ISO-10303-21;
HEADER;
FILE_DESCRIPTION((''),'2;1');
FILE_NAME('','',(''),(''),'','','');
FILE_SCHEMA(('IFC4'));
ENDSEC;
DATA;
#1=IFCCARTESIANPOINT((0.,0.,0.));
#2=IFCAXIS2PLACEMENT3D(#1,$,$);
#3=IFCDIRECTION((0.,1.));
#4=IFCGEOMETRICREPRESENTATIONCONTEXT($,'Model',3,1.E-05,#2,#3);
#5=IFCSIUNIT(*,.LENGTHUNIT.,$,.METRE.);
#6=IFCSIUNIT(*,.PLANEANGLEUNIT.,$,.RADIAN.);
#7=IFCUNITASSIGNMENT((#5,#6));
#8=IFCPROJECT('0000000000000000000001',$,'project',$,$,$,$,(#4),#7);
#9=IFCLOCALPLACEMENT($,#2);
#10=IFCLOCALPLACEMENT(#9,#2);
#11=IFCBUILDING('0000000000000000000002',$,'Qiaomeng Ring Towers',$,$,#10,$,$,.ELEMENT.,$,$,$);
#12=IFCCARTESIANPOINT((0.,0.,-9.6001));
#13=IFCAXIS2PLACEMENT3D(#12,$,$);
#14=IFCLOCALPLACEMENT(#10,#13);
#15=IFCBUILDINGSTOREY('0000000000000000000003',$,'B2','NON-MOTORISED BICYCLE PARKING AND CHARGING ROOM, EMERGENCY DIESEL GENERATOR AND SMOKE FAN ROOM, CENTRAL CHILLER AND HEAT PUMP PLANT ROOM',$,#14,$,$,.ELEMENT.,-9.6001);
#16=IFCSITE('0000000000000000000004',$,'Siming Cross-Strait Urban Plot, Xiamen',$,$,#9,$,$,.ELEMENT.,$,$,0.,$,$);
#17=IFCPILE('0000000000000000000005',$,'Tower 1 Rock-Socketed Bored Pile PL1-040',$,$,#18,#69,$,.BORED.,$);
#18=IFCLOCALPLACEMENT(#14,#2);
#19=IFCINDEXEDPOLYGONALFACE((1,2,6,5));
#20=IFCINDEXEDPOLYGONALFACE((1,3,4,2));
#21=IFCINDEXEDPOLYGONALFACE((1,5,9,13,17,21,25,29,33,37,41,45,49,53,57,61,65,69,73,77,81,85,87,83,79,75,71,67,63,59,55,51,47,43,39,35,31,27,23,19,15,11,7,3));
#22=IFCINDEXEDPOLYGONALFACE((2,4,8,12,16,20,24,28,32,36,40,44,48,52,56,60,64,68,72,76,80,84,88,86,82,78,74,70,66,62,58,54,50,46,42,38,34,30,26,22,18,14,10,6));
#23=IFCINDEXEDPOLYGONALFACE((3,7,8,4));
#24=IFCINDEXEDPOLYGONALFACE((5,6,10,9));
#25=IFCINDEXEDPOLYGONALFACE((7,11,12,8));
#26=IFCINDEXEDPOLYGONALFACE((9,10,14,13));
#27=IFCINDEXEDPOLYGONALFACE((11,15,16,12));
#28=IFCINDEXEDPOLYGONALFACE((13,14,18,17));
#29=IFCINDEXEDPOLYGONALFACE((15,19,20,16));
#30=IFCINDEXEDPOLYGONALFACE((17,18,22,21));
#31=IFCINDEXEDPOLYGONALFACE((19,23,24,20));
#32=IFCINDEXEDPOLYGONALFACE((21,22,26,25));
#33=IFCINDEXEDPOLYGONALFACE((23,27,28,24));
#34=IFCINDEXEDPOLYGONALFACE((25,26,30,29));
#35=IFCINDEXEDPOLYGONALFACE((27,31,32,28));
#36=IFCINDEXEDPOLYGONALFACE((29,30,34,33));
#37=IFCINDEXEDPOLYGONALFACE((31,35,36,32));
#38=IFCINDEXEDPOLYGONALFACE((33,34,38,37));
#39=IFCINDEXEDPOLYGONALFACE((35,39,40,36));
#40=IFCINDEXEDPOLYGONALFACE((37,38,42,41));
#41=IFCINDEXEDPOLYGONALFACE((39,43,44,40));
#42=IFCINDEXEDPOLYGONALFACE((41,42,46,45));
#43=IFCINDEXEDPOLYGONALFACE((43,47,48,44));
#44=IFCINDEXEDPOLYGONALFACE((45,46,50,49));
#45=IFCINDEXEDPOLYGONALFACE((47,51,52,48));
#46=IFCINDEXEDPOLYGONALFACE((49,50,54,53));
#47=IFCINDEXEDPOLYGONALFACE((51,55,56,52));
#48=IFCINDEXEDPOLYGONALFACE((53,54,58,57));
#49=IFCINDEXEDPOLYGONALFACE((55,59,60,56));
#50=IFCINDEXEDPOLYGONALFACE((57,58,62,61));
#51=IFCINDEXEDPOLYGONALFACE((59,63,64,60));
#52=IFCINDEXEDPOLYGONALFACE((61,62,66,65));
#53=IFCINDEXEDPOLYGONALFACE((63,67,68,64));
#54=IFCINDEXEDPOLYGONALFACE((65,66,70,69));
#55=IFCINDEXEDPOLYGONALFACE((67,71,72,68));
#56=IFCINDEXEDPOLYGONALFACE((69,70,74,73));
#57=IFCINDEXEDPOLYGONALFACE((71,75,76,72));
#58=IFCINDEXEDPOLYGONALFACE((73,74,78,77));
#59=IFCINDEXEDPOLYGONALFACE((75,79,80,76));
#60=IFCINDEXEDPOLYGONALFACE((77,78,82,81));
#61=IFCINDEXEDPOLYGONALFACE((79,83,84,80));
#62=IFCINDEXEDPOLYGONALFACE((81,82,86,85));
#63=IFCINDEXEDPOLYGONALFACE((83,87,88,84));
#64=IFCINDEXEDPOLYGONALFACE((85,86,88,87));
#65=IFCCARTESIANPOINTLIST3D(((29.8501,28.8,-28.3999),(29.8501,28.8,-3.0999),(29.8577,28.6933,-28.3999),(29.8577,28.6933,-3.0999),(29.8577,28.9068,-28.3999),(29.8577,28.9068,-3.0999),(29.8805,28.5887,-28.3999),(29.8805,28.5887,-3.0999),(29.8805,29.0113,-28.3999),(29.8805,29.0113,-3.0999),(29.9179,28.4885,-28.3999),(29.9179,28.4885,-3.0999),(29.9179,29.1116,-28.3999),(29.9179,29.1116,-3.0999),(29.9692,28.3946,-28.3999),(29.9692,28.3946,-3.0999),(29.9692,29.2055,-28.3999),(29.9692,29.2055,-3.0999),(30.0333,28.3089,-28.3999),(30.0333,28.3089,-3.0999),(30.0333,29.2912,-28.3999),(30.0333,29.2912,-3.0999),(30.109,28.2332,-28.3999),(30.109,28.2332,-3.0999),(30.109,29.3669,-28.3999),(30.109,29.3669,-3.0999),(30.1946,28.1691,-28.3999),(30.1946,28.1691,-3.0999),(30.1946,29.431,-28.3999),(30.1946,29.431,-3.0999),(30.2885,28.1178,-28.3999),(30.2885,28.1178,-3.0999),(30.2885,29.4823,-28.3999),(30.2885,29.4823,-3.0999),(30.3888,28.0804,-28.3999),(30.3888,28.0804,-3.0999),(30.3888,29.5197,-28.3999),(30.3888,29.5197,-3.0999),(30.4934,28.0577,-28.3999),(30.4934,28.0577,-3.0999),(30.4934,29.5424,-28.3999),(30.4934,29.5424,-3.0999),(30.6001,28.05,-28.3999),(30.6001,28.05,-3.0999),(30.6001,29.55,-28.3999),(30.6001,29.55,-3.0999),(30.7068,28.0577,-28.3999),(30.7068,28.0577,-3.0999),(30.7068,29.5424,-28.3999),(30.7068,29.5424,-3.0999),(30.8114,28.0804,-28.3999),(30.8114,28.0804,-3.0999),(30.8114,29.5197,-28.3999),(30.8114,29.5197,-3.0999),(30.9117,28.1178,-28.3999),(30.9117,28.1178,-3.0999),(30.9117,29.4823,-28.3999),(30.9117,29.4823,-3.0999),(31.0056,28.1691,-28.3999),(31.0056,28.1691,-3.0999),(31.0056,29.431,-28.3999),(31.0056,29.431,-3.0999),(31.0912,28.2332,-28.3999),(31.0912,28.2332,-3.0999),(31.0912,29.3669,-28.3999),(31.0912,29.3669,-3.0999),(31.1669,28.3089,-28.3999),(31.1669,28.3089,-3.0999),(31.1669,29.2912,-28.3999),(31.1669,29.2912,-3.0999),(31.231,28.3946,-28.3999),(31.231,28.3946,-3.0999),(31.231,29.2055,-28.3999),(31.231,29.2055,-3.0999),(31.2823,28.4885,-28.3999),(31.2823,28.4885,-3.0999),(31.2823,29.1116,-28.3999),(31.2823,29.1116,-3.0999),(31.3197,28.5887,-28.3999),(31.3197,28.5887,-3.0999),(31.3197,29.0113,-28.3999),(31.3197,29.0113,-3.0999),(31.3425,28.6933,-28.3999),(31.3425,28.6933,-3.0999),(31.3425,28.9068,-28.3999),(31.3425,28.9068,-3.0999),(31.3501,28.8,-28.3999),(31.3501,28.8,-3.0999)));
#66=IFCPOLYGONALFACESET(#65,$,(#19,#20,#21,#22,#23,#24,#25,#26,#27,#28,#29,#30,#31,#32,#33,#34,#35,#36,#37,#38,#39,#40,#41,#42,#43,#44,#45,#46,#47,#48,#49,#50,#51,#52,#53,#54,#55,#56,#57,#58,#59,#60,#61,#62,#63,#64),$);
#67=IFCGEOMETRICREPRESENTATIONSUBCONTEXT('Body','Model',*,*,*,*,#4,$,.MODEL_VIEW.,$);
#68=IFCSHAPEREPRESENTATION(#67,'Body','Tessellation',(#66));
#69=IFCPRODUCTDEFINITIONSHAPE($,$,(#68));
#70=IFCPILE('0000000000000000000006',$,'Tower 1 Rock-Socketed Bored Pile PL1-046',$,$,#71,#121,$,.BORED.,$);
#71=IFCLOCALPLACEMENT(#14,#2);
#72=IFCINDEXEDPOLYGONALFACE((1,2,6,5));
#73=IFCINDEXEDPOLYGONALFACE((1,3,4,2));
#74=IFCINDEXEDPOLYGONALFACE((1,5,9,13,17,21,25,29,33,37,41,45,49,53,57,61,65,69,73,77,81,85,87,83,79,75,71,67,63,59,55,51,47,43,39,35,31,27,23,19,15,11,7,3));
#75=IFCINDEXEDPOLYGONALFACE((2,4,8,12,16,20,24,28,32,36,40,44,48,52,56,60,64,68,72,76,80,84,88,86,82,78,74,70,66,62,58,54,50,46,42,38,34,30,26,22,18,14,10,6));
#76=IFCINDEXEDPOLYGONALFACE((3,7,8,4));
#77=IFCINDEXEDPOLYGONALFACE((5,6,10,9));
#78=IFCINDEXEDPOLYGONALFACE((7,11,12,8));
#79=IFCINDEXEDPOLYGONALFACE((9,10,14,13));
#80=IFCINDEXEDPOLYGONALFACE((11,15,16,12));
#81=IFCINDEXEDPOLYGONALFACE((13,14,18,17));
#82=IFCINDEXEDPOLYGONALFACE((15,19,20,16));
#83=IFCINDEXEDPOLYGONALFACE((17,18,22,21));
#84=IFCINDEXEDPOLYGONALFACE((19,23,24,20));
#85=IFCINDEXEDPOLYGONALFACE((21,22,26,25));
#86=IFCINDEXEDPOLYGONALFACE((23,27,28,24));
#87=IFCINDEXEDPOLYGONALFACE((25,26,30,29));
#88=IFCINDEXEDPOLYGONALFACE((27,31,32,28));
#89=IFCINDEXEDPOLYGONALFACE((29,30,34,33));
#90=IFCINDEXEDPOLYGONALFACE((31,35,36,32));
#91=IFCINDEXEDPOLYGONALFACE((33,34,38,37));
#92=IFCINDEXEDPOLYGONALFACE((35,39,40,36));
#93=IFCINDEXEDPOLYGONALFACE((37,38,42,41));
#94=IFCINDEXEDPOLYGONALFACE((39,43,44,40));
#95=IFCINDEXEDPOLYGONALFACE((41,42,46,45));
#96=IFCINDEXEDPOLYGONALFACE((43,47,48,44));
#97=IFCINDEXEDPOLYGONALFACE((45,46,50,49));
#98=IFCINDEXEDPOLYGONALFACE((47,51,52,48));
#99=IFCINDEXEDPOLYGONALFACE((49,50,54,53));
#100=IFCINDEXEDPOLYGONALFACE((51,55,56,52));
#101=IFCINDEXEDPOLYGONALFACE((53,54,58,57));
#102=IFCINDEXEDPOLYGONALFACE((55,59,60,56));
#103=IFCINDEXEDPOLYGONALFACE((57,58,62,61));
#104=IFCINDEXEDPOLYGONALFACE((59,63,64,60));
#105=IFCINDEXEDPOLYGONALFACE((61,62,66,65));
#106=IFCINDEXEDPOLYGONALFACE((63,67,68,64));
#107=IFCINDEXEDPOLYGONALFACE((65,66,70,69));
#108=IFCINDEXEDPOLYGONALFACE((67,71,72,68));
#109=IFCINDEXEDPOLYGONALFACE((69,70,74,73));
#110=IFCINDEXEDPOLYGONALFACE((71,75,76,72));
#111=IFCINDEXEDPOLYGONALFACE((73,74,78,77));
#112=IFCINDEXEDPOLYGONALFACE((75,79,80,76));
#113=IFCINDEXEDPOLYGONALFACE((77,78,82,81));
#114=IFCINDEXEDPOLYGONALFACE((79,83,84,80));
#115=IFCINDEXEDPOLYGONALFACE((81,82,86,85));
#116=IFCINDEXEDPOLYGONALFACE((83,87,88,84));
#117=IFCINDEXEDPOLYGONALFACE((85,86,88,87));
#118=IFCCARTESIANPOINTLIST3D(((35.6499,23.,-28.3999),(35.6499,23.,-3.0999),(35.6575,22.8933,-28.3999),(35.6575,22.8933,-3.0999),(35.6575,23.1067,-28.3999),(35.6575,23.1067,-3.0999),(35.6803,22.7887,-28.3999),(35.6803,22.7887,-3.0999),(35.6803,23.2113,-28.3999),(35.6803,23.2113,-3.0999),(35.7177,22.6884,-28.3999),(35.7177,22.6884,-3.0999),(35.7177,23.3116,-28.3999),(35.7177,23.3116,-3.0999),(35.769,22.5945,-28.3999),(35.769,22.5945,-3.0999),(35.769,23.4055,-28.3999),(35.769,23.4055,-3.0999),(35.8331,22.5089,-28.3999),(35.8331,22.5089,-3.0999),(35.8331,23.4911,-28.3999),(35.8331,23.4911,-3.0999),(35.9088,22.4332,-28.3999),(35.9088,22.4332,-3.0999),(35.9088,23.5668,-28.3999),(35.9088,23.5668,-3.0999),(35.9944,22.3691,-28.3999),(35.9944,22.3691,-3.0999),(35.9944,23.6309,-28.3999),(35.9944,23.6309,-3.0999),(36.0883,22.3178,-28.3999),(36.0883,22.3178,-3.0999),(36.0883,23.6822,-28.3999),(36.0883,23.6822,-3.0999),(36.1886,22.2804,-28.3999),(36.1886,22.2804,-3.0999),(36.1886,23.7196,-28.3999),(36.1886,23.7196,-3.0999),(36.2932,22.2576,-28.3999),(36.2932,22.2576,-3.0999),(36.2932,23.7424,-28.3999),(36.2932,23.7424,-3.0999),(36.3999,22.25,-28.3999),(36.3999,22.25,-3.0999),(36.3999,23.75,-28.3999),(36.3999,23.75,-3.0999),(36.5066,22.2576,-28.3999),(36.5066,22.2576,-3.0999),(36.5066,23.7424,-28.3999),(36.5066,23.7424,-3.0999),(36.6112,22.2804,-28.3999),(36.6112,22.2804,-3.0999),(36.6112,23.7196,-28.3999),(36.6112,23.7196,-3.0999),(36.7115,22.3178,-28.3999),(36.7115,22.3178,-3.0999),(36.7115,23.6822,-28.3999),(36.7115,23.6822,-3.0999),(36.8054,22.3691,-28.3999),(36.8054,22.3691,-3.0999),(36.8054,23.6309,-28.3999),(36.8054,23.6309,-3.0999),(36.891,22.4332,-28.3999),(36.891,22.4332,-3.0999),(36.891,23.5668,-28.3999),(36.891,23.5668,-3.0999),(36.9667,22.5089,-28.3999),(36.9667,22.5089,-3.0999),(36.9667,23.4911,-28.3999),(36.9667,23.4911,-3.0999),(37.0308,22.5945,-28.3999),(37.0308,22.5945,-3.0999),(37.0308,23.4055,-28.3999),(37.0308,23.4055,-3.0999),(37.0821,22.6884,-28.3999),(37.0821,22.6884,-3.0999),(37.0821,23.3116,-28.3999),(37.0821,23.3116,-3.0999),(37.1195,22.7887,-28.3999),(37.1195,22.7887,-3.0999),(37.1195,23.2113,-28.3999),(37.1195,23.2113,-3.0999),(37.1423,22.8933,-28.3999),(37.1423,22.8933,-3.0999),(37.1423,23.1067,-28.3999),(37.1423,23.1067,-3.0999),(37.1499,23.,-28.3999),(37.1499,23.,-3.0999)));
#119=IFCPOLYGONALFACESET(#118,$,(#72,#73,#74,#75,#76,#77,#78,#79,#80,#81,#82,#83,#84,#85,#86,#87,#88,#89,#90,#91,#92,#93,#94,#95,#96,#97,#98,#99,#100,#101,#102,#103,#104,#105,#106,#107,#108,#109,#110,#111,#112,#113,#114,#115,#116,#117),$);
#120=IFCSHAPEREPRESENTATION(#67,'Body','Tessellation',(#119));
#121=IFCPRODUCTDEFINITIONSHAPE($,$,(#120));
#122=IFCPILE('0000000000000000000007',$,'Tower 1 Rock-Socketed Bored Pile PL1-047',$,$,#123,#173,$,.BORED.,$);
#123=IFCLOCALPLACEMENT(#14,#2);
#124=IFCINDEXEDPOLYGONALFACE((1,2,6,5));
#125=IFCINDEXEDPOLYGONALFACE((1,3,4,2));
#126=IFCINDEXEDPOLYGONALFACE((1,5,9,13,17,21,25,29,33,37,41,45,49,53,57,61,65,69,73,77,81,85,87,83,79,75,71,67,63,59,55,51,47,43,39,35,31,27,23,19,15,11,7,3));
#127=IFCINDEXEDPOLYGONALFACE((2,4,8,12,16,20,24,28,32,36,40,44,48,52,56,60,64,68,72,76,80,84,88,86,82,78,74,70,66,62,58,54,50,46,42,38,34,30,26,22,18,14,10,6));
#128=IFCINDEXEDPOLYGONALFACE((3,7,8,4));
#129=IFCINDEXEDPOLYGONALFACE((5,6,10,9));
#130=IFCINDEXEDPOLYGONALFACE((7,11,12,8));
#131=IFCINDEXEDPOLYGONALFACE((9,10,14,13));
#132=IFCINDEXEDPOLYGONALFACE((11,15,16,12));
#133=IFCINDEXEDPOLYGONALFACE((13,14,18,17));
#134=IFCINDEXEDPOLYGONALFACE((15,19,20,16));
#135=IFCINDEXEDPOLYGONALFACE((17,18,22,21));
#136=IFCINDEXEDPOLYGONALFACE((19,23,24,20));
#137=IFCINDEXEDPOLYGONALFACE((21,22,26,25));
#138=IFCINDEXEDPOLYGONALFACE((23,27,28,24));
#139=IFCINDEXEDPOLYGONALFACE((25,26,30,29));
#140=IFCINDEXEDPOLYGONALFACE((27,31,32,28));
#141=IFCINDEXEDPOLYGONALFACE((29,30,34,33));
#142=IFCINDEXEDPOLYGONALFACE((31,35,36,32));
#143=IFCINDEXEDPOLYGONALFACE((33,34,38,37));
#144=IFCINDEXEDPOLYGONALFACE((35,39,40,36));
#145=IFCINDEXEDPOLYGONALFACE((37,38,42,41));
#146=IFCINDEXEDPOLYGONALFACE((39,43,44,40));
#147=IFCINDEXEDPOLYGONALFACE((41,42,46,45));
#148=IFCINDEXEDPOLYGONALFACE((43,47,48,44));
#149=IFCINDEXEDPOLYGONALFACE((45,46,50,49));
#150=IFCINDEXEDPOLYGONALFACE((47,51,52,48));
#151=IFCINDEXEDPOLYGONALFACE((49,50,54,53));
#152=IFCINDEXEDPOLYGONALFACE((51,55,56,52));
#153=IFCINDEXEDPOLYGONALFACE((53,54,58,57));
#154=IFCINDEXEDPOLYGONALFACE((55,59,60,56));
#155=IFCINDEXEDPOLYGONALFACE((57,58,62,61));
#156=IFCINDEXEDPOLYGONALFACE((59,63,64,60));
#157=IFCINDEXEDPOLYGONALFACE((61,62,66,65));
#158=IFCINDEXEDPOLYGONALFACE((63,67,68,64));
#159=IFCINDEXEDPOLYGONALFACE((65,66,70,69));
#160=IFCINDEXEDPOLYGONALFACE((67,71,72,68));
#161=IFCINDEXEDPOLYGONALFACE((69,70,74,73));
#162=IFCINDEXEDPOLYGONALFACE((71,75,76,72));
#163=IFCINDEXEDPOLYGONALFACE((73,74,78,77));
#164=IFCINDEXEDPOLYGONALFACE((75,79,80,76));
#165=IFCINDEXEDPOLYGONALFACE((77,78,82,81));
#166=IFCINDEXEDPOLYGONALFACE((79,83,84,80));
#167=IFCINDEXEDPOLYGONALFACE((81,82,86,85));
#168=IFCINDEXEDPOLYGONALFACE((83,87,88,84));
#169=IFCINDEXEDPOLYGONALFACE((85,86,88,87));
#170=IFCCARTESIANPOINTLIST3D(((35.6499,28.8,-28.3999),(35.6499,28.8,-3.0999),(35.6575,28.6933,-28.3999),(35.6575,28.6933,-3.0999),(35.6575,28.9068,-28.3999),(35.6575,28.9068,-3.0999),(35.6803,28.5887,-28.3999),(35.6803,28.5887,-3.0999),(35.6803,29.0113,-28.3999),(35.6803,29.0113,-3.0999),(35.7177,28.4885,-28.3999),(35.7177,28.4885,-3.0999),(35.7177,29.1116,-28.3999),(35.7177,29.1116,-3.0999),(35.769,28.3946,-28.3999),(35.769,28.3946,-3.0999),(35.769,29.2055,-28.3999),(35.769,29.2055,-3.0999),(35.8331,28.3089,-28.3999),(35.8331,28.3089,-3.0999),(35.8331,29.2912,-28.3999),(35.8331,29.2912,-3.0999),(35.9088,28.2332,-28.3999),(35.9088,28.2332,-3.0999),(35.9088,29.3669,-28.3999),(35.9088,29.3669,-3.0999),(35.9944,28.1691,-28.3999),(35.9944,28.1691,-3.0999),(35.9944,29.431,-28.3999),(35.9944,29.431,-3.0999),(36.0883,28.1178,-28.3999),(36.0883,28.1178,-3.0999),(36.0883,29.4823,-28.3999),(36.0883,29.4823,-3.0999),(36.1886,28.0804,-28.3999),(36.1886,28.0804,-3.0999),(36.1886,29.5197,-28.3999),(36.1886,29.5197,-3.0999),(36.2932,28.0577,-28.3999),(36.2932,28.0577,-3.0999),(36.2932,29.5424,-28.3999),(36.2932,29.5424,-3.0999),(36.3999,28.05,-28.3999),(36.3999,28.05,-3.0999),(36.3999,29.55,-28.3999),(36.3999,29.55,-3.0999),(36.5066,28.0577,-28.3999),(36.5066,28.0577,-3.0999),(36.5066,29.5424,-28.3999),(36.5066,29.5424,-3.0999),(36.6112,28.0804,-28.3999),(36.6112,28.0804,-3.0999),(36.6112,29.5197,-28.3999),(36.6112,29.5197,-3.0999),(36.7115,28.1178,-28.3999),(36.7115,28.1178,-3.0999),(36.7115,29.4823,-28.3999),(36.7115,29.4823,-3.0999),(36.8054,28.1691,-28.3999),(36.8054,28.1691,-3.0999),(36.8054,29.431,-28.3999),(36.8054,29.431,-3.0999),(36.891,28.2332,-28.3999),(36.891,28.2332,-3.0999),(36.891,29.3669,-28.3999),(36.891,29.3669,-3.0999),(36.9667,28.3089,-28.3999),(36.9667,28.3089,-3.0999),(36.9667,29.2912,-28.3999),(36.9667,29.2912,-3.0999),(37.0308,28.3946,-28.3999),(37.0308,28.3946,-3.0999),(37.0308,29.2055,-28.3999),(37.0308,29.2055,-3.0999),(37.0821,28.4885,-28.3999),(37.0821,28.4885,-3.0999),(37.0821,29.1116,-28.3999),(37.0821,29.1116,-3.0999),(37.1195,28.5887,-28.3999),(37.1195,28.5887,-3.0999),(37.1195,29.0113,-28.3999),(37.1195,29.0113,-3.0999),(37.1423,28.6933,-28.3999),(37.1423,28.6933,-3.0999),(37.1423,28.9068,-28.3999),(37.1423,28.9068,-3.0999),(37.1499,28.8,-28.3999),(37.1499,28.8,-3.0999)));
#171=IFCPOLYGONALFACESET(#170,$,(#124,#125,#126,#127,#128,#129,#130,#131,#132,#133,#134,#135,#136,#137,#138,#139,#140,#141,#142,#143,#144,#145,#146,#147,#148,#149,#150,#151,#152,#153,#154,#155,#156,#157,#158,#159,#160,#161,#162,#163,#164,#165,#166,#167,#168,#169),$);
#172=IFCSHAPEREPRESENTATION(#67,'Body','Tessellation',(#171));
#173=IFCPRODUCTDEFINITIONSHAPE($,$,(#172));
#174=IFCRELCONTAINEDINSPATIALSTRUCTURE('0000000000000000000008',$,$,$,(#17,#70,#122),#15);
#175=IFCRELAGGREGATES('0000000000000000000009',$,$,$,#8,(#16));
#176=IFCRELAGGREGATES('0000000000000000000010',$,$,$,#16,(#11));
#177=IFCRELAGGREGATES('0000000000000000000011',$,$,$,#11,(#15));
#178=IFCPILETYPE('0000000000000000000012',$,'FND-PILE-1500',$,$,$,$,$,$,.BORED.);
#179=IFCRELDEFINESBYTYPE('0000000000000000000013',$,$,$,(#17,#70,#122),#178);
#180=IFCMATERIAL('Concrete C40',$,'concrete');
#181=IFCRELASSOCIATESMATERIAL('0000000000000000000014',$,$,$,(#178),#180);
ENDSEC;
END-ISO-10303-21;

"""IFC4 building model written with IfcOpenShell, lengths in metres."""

from ifc_helpers import new_model, si_unit, direction, frame, origin, origin_2d, place, context, subcontext, project, spatial, circle, extrude, source, transform, mapped, material, material_profile, profile_set, type_object, element, save


model = new_model("IFC4")

# Units and contexts
model_context = context("Model", 3, precision=1e-05, world=origin(), true_north=direction((0.0, 1.0)))
body_context = subcontext(model_context, "Body", "Model", "MODEL_VIEW")
ifc_project = project(units=[si_unit("LENGTHUNIT", "METRE"), si_unit("PLANEANGLEUNIT", "RADIAN")], contexts=[model_context])

# Site, building, storey
site_placement = place(None, origin())
site = spatial("IfcSite", under=ifc_project, at=site_placement, Name="Siming Cross-Strait Urban Plot, Xiamen", CompositionType="ELEMENT", RefElevation=0.0)
building_placement = place(site_placement, origin())
building = spatial("IfcBuilding", under=site, at=building_placement, Name="Qiaomeng Ring Towers", CompositionType="ELEMENT")
storey_placement = place(building_placement, frame((0.0, 0.0, -9.6001)))
storey = spatial("IfcBuildingStorey", under=building, at=storey_placement, Name="B2", Description="NON-MOTORISED BICYCLE PARKING AND CHARGING ROOM, EMERGENCY DIESEL GENERATOR AND SMOKE FAN ROOM, CENTRAL CHILLER AND HEAT PUMP PLANT ROOM", CompositionType="ELEMENT", Elevation=-9.6001)

# Piles
ifc_material_1 = material(Name="Concrete C40", Category="concrete")
ifc_material_profile = material_profile(ifc_material_1, circle(Radius=0.75, at=origin_2d()), Name="BORED PILE 1500")
ifc_profile_set = profile_set([ifc_material_profile], Name="Concrete C40")
pile_type = type_object("IfcPileType", Name="FND-PILE-1500", PredefinedType="BORED", material=ifc_profile_set)
shared_shape_1 = source(origin(), body_context, "Body", "SweptSolid", [
    extrude(circle(Radius=0.75, at=origin_2d()), origin(), (0.0, 0.0, 1.0), 25.3),
])
for number, where, z_axis, x_axis, name in (
    (1, (30.6001, 28.8, -3.0999), (0.0, 0.0, -1.0), (1.0, 0.0, 0.0), "Tower 1 Rock-Socketed Bored Pile PL1-040"),
    (2, (36.3999, 23.0, -3.0999), (0.0, 0.0, -1.0), (1.0, 0.0, 0.0), "Tower 1 Rock-Socketed Bored Pile PL1-046"),
    (3, (36.3999, 28.8, -3.0999), (0.0, 0.0, -1.0), (1.0, 0.0, 0.0), "Tower 1 Rock-Socketed Bored Pile PL1-047"),
):
    element("IfcPile", number, at=place(storey_placement, frame(where, z_axis=z_axis, x_axis=x_axis)), inside=storey, type_object=pile_type, Name=name, PredefinedType="BORED", context=body_context, shape_type="MappedRepresentation", body=[
        mapped(shared_shape_1, transform((0.0, 0.0, 0.0), x_axis=(1.0, 0.0, 0.0), y_axis=(0.0, 1.0, 0.0), z_axis=(0.0, 0.0, 1.0), scale=1.0)),
    ])

save(model, "model.ifc")
